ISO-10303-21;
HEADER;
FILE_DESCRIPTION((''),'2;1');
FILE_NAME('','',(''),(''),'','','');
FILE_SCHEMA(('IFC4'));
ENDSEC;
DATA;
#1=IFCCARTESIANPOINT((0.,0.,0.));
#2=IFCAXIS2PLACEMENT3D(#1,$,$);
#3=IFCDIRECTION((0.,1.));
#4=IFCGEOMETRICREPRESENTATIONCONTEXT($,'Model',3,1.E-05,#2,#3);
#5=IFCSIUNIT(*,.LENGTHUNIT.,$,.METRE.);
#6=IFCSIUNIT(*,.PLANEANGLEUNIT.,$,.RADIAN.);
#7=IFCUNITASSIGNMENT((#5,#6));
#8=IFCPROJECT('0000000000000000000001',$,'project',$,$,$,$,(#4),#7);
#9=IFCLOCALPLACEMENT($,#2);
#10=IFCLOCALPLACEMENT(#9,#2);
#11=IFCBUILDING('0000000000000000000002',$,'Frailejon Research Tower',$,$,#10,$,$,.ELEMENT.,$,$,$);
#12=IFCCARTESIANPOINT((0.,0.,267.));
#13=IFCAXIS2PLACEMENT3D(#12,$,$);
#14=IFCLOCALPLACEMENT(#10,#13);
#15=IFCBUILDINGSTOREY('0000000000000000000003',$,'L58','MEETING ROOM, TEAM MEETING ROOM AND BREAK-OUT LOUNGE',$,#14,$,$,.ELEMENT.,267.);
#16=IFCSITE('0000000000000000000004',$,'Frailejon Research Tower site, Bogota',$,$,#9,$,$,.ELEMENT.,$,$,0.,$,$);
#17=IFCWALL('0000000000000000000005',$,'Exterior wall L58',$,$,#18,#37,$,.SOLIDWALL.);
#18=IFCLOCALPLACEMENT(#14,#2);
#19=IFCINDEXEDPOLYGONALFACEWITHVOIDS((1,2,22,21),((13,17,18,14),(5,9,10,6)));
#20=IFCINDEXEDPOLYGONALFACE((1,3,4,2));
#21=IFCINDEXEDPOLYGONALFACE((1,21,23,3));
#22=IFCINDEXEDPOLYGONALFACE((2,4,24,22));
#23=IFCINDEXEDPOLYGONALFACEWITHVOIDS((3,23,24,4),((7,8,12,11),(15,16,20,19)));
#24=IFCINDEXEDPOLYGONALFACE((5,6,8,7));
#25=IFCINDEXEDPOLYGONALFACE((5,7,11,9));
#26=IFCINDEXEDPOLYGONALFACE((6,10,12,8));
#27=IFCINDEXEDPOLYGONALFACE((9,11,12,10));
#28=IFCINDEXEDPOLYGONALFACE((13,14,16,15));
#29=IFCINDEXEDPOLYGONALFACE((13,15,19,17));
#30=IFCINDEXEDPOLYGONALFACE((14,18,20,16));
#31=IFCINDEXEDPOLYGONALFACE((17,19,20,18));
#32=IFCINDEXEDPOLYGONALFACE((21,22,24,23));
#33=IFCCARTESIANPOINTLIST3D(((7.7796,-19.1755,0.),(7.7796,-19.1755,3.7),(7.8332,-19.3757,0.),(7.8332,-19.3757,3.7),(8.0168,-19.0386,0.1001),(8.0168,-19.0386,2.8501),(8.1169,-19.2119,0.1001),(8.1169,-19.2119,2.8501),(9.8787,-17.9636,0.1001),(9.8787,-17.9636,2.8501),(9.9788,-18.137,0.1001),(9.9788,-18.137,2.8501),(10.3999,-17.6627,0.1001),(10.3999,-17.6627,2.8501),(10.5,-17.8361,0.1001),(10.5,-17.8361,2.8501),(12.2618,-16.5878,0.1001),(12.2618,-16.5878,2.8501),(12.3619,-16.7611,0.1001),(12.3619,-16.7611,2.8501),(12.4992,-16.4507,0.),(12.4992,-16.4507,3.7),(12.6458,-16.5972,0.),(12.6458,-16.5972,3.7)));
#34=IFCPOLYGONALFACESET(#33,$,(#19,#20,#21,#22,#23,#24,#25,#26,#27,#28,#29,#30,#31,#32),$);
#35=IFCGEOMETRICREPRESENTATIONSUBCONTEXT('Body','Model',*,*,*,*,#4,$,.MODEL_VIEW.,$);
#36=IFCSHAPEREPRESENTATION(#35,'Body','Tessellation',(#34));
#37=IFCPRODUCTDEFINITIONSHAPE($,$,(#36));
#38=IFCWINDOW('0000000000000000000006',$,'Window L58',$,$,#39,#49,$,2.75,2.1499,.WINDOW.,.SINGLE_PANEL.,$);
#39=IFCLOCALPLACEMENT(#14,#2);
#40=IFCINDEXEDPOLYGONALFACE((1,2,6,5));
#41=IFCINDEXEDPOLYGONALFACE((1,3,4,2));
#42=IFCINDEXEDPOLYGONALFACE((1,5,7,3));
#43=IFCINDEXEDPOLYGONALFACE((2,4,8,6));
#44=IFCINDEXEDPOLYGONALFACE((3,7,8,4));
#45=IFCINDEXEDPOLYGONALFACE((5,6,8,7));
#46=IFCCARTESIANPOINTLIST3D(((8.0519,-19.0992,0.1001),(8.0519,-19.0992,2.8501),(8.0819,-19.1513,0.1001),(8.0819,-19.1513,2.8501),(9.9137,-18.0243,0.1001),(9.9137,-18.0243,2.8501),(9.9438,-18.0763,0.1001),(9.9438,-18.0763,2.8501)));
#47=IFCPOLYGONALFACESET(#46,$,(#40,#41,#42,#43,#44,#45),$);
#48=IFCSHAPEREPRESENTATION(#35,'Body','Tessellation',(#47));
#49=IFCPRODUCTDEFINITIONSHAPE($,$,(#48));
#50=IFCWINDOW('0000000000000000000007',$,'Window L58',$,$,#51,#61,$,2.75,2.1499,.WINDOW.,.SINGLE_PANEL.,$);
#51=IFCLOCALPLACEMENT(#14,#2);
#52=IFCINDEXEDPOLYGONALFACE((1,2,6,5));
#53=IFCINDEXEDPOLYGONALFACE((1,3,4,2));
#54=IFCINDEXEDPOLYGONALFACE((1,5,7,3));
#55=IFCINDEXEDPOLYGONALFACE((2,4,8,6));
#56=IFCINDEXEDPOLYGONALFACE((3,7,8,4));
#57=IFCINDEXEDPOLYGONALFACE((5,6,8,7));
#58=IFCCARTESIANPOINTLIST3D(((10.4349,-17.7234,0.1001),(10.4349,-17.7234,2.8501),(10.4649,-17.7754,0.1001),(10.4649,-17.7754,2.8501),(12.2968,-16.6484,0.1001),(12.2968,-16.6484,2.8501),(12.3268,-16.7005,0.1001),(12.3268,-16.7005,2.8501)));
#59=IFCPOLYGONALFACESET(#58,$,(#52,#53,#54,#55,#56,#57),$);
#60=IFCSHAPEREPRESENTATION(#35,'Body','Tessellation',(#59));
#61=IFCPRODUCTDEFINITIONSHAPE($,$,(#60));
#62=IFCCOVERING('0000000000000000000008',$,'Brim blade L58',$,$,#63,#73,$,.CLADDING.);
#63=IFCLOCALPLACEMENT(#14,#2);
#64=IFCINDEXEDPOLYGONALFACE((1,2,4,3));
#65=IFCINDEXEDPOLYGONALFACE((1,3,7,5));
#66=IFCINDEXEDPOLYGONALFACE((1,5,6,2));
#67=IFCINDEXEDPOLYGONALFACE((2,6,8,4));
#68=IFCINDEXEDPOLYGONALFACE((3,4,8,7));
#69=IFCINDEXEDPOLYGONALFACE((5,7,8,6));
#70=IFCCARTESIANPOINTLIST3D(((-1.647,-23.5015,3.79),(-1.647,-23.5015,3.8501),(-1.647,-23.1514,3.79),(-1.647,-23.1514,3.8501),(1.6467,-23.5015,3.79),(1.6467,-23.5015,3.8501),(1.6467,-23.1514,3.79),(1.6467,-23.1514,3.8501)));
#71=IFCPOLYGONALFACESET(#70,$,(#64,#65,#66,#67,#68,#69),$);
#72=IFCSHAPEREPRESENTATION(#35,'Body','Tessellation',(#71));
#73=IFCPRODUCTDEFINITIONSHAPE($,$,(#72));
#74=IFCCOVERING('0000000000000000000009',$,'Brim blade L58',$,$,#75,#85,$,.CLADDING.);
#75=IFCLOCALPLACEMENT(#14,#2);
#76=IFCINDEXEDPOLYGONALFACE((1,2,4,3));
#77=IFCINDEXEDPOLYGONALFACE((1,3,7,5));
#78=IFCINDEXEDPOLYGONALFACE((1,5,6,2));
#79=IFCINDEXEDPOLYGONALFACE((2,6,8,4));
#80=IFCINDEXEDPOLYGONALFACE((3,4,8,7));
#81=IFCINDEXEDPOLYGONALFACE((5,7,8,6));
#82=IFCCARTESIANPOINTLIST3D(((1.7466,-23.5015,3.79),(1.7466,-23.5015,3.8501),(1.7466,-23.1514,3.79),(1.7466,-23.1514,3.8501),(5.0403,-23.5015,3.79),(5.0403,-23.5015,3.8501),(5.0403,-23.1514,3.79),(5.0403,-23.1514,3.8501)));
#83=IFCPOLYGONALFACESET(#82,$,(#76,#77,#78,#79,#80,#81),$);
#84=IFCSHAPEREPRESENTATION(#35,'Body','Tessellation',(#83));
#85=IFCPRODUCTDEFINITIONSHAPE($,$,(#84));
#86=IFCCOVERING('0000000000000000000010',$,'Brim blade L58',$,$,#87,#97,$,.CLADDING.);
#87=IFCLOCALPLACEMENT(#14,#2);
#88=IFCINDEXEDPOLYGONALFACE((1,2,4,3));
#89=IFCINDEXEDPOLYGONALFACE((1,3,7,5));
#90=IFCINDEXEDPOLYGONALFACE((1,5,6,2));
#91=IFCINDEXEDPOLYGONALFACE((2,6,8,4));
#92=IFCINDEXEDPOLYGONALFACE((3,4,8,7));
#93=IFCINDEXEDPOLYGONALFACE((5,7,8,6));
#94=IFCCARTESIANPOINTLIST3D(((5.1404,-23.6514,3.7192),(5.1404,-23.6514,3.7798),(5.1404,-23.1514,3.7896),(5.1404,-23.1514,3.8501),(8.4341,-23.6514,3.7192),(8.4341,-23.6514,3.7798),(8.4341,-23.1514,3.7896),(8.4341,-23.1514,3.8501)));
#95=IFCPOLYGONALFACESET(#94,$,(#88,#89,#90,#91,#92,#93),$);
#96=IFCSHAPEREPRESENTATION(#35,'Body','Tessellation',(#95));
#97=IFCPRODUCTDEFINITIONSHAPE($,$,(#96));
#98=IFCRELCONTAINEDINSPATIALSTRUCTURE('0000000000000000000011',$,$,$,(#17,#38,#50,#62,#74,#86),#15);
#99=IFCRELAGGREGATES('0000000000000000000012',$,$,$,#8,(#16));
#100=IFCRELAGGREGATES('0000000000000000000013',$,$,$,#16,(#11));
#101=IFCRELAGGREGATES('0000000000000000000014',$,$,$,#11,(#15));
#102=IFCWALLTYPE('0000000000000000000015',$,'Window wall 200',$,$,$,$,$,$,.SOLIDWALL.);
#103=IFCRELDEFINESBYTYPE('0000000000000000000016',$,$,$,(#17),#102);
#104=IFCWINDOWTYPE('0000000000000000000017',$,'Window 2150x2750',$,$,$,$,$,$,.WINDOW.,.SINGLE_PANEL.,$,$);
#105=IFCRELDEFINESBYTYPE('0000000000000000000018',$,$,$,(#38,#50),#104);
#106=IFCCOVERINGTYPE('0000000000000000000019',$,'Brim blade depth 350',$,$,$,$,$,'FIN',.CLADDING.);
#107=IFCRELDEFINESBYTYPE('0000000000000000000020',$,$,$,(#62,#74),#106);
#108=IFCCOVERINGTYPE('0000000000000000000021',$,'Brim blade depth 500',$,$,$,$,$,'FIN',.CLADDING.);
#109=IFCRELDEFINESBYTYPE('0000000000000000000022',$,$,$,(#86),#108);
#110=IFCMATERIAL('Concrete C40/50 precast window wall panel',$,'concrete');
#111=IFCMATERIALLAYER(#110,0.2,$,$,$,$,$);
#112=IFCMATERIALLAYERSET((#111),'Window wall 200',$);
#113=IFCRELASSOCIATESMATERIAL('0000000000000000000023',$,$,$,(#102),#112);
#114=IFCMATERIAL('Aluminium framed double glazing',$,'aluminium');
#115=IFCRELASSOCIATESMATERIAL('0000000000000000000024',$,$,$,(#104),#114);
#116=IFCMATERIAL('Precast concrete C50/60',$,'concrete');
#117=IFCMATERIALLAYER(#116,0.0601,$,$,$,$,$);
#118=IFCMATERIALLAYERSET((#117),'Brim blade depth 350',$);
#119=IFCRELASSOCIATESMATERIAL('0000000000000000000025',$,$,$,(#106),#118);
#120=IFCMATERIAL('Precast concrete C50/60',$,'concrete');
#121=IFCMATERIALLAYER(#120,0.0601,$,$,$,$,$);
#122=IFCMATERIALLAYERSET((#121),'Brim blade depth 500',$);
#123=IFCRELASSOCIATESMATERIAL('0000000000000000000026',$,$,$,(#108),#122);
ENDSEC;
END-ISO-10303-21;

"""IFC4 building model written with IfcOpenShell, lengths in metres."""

from ifc_helpers import new_model, si_unit, direction, frame, frame_2d, origin, place, context, subcontext, project, spatial, polyline, rectangle, outline, extrude, material, layer, layer_set, type_object, element, fill, save


model = new_model("IFC4")

# Units and contexts
model_context = context("Model", 3, precision=1e-05, world=origin(), true_north=direction((0.0, 1.0)))
body_context = subcontext(model_context, "Body", "Model", "MODEL_VIEW")
ifc_project = project(units=[si_unit("LENGTHUNIT", "METRE"), si_unit("PLANEANGLEUNIT", "RADIAN")], contexts=[model_context])

# Site, building, storey
site_placement = place(None, origin())
site = spatial("IfcSite", under=ifc_project, at=site_placement, Name="Frailejon Research Tower site, Bogota", CompositionType="ELEMENT", RefElevation=0.0)
building_placement = place(site_placement, origin())
building = spatial("IfcBuilding", under=site, at=building_placement, Name="Frailejon Research Tower", CompositionType="ELEMENT")
storey_placement = place(building_placement, frame((0.0, 0.0, 267.0)))
storey = spatial("IfcBuildingStorey", under=building, at=storey_placement, Name="L58", Description="MEETING ROOM, TEAM MEETING ROOM AND BREAK-OUT LOUNGE", CompositionType="ELEMENT", Elevation=267.0)

# Wall, openings, windows
ifc_material_1 = material(Name="Concrete C40/50 precast window wall panel", Category="concrete")
ifc_layer_1 = layer(ifc_material_1, 0.2)
ifc_layer_set_1 = layer_set([ifc_layer_1], Name="Window wall 200")
wall_type_1 = type_object("IfcWallType", Name="Window wall 200", PredefinedType="SOLIDWALL", material=ifc_layer_set_1)
wall_1_placement = place(storey_placement, frame((7.8064, -19.2756, 0.0), z_axis=(0.0, 0.0, 1.0), x_axis=(0.866026, 0.499999, 0.0)))
wall_1 = element("IfcWall", 1, at=wall_1_placement, inside=storey, type_object=wall_type_1, Name="Exterior wall L58", PredefinedType="SOLIDWALL", context=body_context, shape_type="SweptSolid", body=[
    extrude(outline(polyline([(-0.0269, -0.1001), (1.0845, -0.1001), (2.196, -0.1001), (3.3074, -0.1001), (4.4189, -0.1001), (5.5303, -0.1001), (5.4766, 0.1001), (4.3867, 0.1001), (3.2966, 0.1001), (2.2068, 0.1001), (1.1167, 0.1001), (0.0269, 0.1001), (-0.0269, -0.1001)])), origin(), (0.0, 0.0, 1.0), 3.7),
])
opening_1_placement = place(wall_1_placement, frame((0.3008, 0.0, 0.1001)))
opening_1 = element("IfcOpeningElement", 2, at=opening_1_placement, cuts=wall_1, PredefinedType="OPENING", context=body_context, shape_type="SweptSolid", body=[
    extrude(rectangle(XDim=2.1499, YDim=2.75, at=frame_2d((1.075, 1.375))), frame((0.0, 0.1099, 0.0), z_axis=(0.0, -1.0, 0.0), x_axis=(1.0, 0.0, 0.0)), (0.0, 0.0, 1.0), 0.22),
])
opening_2_placement = place(wall_1_placement, frame((3.0525, 0.0, 0.1001)))
opening_2 = element("IfcOpeningElement", 3, at=opening_2_placement, cuts=wall_1, PredefinedType="OPENING", context=body_context, shape_type="SweptSolid", body=[
    extrude(rectangle(XDim=2.1499, YDim=2.75, at=frame_2d((1.075, 1.375))), frame((0.0, 0.1099, 0.0), z_axis=(0.0, -1.0, 0.0), x_axis=(1.0, 0.0, 0.0)), (0.0, 0.0, 1.0), 0.22),
])
ifc_material_2 = material(Name="Aluminium framed double glazing", Category="aluminium")
window_type = type_object("IfcWindowType", Name="Window 2150x2750", PartitioningType="SINGLE_PANEL", PredefinedType="WINDOW", material=ifc_material_2)
window_1_placement = place(opening_1_placement, origin())
window_1 = element("IfcWindow", 4, at=window_1_placement, inside=storey, type_object=window_type, Name="Window L58", OverallHeight=2.75, OverallWidth=2.1499, PartitioningType="SINGLE_PANEL", PredefinedType="WINDOW", context=body_context, shape_type="SweptSolid", body=[
    extrude(rectangle(XDim=2.1499, YDim=2.75, at=frame_2d((1.075, 1.375))), frame((0.0, 0.03, 0.0), z_axis=(0.0, -1.0, 0.0), x_axis=(1.0, 0.0, 0.0)), (0.0, 0.0, 1.0), 0.0601),
])
fill(opening_1, window_1)
window_2_placement = place(opening_2_placement, origin())
window_2 = element("IfcWindow", 5, at=window_2_placement, inside=storey, type_object=window_type, Name="Window L58", OverallHeight=2.75, OverallWidth=2.1499, PartitioningType="SINGLE_PANEL", PredefinedType="WINDOW", context=body_context, shape_type="SweptSolid", body=[
    extrude(rectangle(XDim=2.1499, YDim=2.75, at=frame_2d((1.075, 1.375))), frame((0.0, 0.03, 0.0), z_axis=(0.0, -1.0, 0.0), x_axis=(1.0, 0.0, 0.0)), (0.0, 0.0, 1.0), 0.0601),
])
fill(opening_2, window_2)

# Coverings
ifc_material_3 = material(Name="Precast concrete C50/60", Category="concrete")
ifc_layer_2 = layer(ifc_material_3, 0.0601)
ifc_layer_set_2 = layer_set([ifc_layer_2], Name="Brim blade depth 350")
covering_type_1 = type_object("IfcCoveringType", Name="Brim blade depth 350", ElementType="FIN", PredefinedType="CLADDING", material=ifc_layer_set_2)
for number, where, z_axis, x_axis, name in (
    (6, (1.6467, -23.1514, 3.8501), (-1.0, 0.0, 0.0), (0.0, -1.0, 0.0), "Brim blade L58"),
    (7, (5.0403, -23.1514, 3.8501), (-1.0, 0.0, 0.0), (0.0, -1.0, 0.0), "Brim blade L58"),
):
    element("IfcCovering", number, at=place(storey_placement, frame(where, z_axis=z_axis, x_axis=x_axis)), inside=storey, type_object=covering_type_1, Name=name, PredefinedType="CLADDING", context=body_context, shape_type="SweptSolid", body=[
        extrude(outline(polyline([(0.0, -0.0601), (0.3501, -0.0601), (0.3501, 0.0), (0.0, 0.0), (0.0, -0.0601)])), origin(), (0.0, 0.0, 1.0), 3.2937),
    ])
ifc_material_4 = material(Name="Precast concrete C50/60", Category="concrete")
ifc_layer_3 = layer(ifc_material_4, 0.0601)
ifc_layer_set_3 = layer_set([ifc_layer_3], Name="Brim blade depth 500")
covering_type_2 = type_object("IfcCoveringType", Name="Brim blade depth 500", ElementType="FIN", PredefinedType="CLADDING", material=ifc_layer_set_3)
covering_placement = place(storey_placement, frame((8.4341, -23.1514, 3.8501), z_axis=(-1.0, 0.0, 0.0), x_axis=(0.0, -1.0, 0.0)))
element("IfcCovering", 8, at=covering_placement, inside=storey, type_object=covering_type_2, Name="Brim blade L58", PredefinedType="CLADDING", context=body_context, shape_type="SweptSolid", body=[
    extrude(outline(polyline([(0.0, -0.0605), (0.5, -0.1309), (0.5, -0.0703), (0.0, 0.0), (0.0, -0.0605)])), origin(), (0.0, 0.0, 1.0), 3.2937),
])

save(model, "model.ifc")
